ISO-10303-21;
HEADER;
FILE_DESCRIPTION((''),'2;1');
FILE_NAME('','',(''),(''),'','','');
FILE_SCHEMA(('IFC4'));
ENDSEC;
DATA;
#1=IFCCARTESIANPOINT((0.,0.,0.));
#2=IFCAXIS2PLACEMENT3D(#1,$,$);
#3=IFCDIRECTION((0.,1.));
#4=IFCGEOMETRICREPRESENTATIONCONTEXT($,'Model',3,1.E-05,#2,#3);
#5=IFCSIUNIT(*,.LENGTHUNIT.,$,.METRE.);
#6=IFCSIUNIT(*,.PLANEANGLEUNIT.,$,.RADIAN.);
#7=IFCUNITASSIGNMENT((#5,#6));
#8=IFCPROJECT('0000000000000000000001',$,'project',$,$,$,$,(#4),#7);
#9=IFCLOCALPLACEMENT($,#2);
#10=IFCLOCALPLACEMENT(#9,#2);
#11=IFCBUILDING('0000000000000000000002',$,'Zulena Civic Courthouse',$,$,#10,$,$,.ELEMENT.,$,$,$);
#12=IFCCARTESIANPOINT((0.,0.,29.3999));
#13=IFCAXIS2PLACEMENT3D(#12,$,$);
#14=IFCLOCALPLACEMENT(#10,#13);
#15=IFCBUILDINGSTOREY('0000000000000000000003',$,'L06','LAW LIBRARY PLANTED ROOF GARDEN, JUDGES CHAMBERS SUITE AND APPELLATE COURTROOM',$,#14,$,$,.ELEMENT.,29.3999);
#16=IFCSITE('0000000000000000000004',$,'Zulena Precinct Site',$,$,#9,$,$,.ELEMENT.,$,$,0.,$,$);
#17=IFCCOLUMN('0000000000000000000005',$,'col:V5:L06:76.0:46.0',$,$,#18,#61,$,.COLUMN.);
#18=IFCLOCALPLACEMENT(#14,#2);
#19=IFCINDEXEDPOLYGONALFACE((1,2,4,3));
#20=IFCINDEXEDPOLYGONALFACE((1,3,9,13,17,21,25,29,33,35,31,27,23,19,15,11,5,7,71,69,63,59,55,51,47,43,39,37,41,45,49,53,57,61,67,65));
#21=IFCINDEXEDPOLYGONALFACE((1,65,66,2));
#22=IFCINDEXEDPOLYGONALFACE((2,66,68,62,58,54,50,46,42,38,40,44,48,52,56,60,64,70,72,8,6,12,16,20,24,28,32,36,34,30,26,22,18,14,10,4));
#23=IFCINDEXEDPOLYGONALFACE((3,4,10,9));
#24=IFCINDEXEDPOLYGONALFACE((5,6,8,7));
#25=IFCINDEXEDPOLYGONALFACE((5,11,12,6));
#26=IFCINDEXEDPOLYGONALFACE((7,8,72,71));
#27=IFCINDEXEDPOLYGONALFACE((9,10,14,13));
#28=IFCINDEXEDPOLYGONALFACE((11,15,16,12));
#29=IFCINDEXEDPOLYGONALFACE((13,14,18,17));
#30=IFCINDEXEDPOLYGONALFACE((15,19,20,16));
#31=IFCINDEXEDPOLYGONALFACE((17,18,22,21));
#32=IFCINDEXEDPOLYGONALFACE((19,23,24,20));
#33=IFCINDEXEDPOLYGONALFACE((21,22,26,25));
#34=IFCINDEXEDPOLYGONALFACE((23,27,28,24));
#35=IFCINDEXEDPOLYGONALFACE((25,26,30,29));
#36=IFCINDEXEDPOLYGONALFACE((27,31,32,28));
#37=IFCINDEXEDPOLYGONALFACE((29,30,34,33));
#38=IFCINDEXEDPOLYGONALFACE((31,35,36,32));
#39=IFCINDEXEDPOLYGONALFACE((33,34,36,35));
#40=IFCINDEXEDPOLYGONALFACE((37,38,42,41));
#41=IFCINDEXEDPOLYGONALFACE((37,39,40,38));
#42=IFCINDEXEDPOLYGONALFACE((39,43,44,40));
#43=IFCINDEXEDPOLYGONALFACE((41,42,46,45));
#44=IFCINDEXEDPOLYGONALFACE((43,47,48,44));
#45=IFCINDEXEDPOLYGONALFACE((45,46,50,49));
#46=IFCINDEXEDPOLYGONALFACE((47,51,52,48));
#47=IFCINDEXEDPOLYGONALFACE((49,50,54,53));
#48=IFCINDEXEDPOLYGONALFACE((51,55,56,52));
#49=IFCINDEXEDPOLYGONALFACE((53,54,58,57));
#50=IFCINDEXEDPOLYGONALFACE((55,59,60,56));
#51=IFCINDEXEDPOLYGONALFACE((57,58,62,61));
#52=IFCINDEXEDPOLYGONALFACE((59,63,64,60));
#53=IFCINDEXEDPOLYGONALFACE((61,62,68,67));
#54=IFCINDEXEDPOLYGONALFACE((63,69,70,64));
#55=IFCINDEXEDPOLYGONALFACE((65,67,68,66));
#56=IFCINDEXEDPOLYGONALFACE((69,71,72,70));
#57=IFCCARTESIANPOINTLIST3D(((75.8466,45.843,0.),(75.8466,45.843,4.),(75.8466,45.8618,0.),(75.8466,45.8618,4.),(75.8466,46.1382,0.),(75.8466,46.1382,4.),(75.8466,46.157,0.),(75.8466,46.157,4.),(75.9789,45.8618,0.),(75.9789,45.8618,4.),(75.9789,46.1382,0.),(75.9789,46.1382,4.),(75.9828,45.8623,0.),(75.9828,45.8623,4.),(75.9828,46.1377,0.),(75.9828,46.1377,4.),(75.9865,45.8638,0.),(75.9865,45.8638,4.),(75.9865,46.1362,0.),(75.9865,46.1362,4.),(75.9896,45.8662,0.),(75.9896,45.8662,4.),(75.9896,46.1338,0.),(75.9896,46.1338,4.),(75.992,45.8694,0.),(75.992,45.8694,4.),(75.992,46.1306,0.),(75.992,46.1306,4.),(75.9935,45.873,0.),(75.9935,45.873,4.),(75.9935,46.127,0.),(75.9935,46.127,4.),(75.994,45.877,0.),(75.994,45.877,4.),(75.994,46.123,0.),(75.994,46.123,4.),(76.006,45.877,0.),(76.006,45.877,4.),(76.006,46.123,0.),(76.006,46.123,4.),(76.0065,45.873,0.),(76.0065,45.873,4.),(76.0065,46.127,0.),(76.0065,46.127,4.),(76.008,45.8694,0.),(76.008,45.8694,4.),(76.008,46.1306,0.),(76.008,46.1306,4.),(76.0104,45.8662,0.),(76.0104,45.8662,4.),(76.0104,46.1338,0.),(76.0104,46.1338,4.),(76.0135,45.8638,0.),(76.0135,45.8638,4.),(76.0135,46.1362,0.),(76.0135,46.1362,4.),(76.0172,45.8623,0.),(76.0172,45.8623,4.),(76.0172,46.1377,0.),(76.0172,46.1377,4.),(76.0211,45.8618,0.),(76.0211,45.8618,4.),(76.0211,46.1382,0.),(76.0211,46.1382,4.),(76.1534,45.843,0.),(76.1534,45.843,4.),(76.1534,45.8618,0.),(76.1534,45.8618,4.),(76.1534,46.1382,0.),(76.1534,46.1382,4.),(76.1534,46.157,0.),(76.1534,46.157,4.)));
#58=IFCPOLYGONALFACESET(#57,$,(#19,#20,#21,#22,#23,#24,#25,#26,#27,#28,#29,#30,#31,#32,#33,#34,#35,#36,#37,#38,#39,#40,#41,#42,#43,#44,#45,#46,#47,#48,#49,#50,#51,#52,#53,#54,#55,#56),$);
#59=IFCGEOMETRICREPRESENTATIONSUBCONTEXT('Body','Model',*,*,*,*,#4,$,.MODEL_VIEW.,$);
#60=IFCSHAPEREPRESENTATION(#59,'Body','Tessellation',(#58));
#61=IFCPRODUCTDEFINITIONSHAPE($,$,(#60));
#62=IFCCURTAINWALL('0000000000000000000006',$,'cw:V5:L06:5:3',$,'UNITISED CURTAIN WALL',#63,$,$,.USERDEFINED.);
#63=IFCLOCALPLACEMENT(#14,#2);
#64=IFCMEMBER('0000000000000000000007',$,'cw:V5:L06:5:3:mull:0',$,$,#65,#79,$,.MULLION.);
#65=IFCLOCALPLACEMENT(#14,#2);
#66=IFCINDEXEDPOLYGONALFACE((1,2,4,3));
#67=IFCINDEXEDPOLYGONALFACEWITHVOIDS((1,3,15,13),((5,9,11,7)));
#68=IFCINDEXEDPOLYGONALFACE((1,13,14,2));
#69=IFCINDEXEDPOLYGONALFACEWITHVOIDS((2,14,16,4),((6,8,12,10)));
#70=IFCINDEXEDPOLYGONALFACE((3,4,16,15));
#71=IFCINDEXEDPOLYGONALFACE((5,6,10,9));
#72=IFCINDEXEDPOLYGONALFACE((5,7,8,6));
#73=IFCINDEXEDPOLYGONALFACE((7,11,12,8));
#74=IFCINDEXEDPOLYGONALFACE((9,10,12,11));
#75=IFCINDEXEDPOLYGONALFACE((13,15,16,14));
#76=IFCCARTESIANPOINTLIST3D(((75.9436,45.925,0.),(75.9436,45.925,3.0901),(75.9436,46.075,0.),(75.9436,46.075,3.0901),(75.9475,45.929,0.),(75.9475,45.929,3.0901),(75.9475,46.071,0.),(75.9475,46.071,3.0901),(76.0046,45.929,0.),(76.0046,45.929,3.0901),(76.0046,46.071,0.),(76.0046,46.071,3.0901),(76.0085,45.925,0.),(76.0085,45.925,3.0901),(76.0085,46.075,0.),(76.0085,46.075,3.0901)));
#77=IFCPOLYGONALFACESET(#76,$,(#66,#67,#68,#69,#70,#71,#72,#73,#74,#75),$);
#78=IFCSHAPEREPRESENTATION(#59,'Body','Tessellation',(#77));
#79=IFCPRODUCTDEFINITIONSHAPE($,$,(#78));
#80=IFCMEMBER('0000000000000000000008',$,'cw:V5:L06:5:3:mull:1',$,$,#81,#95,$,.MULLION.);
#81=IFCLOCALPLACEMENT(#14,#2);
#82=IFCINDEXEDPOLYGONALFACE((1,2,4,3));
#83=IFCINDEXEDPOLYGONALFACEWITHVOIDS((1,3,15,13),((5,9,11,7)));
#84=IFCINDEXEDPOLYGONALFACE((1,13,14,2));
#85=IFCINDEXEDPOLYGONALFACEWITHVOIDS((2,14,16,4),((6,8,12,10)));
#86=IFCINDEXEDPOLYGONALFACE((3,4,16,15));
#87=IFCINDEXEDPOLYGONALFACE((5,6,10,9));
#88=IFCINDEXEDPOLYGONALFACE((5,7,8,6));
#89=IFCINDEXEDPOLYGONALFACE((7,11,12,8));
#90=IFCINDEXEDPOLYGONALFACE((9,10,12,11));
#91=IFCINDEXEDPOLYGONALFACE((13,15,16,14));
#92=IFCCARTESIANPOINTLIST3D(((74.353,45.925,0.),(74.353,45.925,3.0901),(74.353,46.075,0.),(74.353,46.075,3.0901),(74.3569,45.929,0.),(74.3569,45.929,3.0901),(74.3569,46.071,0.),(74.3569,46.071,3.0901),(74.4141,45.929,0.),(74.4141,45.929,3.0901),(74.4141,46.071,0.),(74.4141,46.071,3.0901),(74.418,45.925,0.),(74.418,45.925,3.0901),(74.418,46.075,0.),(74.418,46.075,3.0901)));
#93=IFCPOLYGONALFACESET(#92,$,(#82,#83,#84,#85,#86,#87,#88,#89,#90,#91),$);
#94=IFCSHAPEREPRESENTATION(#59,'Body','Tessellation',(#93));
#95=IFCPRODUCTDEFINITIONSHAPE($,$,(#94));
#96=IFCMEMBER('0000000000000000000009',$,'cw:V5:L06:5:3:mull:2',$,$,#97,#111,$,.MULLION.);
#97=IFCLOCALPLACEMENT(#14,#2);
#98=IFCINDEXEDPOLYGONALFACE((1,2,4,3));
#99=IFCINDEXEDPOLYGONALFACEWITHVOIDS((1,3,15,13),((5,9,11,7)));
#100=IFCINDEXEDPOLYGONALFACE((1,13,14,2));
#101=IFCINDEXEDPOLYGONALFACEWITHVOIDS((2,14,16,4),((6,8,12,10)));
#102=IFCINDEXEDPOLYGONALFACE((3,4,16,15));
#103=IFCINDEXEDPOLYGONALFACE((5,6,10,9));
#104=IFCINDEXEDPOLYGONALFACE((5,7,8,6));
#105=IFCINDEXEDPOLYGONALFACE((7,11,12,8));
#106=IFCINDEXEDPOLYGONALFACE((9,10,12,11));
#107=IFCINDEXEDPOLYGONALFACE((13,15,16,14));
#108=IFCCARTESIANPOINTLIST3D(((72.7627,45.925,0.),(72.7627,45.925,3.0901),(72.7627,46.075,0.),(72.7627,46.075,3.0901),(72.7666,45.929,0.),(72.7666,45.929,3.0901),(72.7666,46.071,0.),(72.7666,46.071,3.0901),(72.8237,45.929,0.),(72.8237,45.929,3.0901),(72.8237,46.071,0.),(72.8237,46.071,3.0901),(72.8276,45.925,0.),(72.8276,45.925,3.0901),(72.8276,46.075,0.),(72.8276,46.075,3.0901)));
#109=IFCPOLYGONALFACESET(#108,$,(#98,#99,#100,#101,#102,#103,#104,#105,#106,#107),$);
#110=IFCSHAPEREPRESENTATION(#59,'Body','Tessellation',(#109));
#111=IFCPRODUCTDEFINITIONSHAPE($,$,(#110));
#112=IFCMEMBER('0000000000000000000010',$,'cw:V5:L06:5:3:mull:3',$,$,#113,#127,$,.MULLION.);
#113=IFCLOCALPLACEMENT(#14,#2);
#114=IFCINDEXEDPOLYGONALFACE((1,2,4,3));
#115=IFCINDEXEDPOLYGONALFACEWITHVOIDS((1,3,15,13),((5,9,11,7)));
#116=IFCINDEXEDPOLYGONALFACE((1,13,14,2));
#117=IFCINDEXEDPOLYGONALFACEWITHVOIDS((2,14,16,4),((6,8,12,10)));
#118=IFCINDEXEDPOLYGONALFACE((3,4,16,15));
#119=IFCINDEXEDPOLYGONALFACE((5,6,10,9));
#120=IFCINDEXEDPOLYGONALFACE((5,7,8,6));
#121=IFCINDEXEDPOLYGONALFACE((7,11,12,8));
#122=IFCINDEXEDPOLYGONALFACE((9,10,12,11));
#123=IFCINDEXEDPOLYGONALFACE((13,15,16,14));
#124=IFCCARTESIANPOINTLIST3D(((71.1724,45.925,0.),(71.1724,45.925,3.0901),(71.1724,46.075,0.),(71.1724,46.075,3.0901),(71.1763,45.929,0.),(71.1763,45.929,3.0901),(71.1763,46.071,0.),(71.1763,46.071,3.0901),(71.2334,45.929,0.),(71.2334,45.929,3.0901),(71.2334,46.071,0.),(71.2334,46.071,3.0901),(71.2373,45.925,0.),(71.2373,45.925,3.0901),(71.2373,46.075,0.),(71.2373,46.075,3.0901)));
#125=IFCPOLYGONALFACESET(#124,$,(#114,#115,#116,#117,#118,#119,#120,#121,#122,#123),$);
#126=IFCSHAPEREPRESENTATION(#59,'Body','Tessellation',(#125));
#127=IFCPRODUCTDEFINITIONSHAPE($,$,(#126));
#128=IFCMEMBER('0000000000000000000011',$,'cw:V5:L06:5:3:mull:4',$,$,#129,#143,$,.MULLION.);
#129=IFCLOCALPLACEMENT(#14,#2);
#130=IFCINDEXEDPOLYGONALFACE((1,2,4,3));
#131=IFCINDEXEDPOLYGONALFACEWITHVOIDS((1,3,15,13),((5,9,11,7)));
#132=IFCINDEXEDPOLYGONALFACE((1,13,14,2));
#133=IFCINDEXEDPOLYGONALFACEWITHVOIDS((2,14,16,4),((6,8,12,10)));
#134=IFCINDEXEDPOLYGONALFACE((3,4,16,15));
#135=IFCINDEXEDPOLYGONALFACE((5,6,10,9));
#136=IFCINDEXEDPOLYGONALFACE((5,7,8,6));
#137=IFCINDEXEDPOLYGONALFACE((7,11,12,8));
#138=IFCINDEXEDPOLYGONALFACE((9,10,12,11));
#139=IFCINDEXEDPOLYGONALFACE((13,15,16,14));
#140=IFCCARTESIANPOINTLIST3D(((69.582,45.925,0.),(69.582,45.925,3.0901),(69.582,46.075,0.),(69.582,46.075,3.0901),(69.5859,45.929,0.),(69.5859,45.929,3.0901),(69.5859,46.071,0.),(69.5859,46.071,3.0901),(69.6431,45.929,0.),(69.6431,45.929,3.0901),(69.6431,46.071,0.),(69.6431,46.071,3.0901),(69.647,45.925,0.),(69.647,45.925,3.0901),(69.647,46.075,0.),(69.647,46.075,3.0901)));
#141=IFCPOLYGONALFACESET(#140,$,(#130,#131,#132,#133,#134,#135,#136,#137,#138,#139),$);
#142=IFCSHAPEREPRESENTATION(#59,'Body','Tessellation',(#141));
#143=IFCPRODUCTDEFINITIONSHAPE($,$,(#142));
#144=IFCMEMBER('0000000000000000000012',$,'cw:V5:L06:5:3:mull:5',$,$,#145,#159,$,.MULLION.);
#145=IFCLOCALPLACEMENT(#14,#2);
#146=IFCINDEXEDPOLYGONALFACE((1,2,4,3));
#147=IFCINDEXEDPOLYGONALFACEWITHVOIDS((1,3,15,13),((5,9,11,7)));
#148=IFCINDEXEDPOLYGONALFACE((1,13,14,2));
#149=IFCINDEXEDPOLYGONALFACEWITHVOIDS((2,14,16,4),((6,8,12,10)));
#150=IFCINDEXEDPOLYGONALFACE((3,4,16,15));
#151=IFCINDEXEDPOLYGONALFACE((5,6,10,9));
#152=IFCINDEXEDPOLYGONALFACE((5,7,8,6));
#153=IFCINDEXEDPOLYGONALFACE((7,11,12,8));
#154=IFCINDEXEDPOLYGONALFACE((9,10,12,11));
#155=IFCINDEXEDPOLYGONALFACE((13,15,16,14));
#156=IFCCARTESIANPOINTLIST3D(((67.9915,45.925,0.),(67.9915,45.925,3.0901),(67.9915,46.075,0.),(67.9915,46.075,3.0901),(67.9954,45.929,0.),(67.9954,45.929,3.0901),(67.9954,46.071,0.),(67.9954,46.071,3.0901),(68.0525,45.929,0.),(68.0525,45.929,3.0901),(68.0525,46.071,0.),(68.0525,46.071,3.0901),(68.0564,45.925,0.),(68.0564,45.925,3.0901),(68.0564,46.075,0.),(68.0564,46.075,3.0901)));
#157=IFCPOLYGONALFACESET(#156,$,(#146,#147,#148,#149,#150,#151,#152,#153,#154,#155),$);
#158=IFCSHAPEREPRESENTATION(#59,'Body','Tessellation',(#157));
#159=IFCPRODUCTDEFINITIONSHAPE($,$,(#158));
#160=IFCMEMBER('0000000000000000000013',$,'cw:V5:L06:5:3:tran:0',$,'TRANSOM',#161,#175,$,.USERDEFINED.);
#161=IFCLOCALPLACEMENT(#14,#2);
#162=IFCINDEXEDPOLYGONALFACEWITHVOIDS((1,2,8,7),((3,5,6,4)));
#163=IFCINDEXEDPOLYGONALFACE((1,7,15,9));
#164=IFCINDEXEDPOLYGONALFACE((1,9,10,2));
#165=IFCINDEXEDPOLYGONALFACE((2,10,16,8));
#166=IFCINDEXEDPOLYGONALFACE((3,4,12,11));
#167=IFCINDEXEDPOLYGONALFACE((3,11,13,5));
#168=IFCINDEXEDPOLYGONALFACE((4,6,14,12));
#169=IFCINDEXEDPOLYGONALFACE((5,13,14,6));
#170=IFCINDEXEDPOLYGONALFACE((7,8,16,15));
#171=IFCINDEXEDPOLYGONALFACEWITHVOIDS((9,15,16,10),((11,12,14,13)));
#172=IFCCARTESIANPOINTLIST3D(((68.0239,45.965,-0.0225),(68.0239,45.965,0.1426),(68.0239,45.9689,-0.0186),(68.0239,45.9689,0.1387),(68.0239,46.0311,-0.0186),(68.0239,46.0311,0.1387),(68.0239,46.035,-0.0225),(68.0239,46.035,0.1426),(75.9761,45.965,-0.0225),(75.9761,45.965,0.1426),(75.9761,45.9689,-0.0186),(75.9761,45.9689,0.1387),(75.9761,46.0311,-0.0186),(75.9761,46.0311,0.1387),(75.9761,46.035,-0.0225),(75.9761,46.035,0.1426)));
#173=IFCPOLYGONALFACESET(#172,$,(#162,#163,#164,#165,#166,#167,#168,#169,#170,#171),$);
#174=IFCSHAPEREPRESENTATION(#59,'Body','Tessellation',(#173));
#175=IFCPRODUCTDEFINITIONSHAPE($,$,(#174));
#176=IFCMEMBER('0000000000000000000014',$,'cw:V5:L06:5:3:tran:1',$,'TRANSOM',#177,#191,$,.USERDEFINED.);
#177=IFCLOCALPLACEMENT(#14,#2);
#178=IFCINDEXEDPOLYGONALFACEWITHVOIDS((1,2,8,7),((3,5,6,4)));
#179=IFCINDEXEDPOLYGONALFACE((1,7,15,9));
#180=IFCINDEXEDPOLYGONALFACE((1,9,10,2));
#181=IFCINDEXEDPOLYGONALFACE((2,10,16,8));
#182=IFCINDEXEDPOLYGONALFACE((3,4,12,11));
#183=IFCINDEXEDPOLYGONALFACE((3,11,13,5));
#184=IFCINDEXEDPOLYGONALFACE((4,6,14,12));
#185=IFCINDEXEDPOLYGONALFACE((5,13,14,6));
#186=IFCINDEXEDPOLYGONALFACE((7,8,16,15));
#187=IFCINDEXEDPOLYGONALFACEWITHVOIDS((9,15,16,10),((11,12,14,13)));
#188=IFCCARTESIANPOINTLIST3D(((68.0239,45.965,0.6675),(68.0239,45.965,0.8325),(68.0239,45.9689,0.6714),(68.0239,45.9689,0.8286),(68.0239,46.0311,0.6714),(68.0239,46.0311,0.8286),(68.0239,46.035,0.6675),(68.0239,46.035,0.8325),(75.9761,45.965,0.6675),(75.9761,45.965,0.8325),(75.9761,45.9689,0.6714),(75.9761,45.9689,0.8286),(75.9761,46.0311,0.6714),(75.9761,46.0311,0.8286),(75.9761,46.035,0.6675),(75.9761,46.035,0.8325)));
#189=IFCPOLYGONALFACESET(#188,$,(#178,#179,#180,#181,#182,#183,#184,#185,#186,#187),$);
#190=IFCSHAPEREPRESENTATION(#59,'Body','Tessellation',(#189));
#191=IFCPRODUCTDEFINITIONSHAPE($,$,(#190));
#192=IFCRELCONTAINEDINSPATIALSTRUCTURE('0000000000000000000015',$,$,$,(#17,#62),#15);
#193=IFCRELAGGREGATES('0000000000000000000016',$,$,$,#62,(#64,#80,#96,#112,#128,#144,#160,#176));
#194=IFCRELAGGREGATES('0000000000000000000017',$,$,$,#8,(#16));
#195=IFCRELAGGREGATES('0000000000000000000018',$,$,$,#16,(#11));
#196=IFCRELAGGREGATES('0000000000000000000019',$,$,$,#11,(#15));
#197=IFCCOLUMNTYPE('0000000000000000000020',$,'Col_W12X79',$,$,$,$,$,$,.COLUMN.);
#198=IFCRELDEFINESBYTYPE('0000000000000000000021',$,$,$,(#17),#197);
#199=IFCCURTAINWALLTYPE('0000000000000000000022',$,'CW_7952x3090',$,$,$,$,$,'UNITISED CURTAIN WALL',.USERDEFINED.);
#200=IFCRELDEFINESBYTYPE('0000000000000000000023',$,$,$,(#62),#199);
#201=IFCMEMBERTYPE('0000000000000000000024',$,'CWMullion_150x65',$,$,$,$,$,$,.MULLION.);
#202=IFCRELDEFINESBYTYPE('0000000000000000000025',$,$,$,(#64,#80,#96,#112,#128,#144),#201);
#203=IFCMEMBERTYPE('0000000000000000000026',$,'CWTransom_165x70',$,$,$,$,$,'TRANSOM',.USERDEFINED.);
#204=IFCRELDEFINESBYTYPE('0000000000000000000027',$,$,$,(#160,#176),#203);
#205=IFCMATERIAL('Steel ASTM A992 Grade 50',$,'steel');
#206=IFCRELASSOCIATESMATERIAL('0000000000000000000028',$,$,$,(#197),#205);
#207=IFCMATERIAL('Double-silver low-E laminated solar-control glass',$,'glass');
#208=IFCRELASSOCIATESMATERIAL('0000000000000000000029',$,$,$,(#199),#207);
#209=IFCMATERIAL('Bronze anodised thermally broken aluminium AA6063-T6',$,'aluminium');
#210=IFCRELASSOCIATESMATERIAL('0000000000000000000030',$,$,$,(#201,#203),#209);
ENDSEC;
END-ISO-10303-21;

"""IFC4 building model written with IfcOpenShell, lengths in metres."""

from ifc_helpers import new_model, si_unit, direction, frame, origin, origin_2d, place, context, subcontext, project, spatial, hollow_rectangle, i_section, extrude, material, material_profile, profile_set, type_object, element, aggregate, save


model = new_model("IFC4")

# Units and contexts
model_context = context("Model", 3, precision=1e-05, world=origin(), true_north=direction((0.0, 1.0)))
body_context = subcontext(model_context, "Body", "Model", "MODEL_VIEW")
ifc_project = project(units=[si_unit("LENGTHUNIT", "METRE"), si_unit("PLANEANGLEUNIT", "RADIAN")], contexts=[model_context])

# Site, building, storey
site_placement = place(None, origin())
site = spatial("IfcSite", under=ifc_project, at=site_placement, Name="Zulena Precinct Site", CompositionType="ELEMENT", RefElevation=0.0)
building_placement = place(site_placement, origin())
building = spatial("IfcBuilding", under=site, at=building_placement, Name="Zulena Civic Courthouse", CompositionType="ELEMENT")
storey_placement = place(building_placement, frame((0.0, 0.0, 29.3999)))
storey = spatial("IfcBuildingStorey", under=building, at=storey_placement, Name="L06", Description="LAW LIBRARY PLANTED ROOF GARDEN, JUDGES CHAMBERS SUITE AND APPELLATE COURTROOM", CompositionType="ELEMENT", Elevation=29.3999)

# Column
ifc_material_1 = material(Name="Steel ASTM A992 Grade 50", Category="steel")
ifc_material_profile_1 = material_profile(ifc_material_1, i_section(OverallWidth=0.3069, OverallDepth=0.314, WebThickness=0.012, FlangeThickness=0.0188, FilletRadius=0.0151, at=origin_2d()), Name="W12X79")
ifc_profile_set_1 = profile_set([ifc_material_profile_1], Name="Steel ASTM A992 Grade 50")
column_type = type_object("IfcColumnType", Name="Col_W12X79", PredefinedType="COLUMN", material=ifc_profile_set_1)
column_placement = place(storey_placement, frame((76.0, 46.0, 0.0), z_axis=(0.0, 0.0, 1.0), x_axis=(1.0, 0.0, 0.0)))
element("IfcColumn", 1, at=column_placement, inside=storey, type_object=column_type, Name="col:V5:L06:76.0:46.0", PredefinedType="COLUMN", context=body_context, shape_type="SweptSolid", body=[
    extrude(i_section(OverallWidth=0.3069, OverallDepth=0.314, WebThickness=0.012, FlangeThickness=0.0188, FilletRadius=0.0151, at=origin_2d()), origin(), (0.0, 0.0, 1.0), 4.0),
])

# Curtain wall, members
ifc_material_2 = material(Name="Double-silver low-E laminated solar-control glass", Category="glass")
curtain_wall_type = type_object("IfcCurtainWallType", Name="CW_7952x3090", ElementType="UNITISED CURTAIN WALL", PredefinedType="USERDEFINED", material=ifc_material_2)
curtain_wall_placement = place(storey_placement, origin())
curtain_wall = element("IfcCurtainWall", 2, at=curtain_wall_placement, inside=storey, type_object=curtain_wall_type, Name="cw:V5:L06:5:3", ObjectType="UNITISED CURTAIN WALL", PredefinedType="USERDEFINED")
ifc_material_3 = material(Name="Bronze anodised thermally broken aluminium AA6063-T6", Category="aluminium")
ifc_material_profile_2 = material_profile(ifc_material_3, hollow_rectangle(XDim=0.0649, YDim=0.1499, WallThickness=0.0039, at=origin_2d()), Name="CWM150X65X4")
ifc_profile_set_2 = profile_set([ifc_material_profile_2], Name="Bronze anodised thermally broken aluminium AA6063-T6")
member_type_1 = type_object("IfcMemberType", Name="CWMullion_150x65", PredefinedType="MULLION", material=ifc_profile_set_2)
member_1_placement = place(storey_placement, frame((75.9761, 46.0, 0.0), z_axis=(0.0, 0.0, 1.0), x_axis=(1.0, 0.0, 0.0)))
member_1 = element("IfcMember", 3, at=member_1_placement, type_object=member_type_1, Name="cw:V5:L06:5:3:mull:0", PredefinedType="MULLION", context=body_context, shape_type="SweptSolid", body=[
    extrude(hollow_rectangle(XDim=0.0649, YDim=0.1499, WallThickness=0.0039, at=origin_2d()), origin(), (0.0, 0.0, 1.0), 3.0901),
])
member_2_placement = place(storey_placement, frame((74.3855, 46.0, 0.0), z_axis=(0.0, 0.0, 1.0), x_axis=(1.0, 0.0, 0.0)))
member_2 = element("IfcMember", 4, at=member_2_placement, type_object=member_type_1, Name="cw:V5:L06:5:3:mull:1", PredefinedType="MULLION", context=body_context, shape_type="SweptSolid", body=[
    extrude(hollow_rectangle(XDim=0.0649, YDim=0.1499, WallThickness=0.0039, at=origin_2d()), origin(), (0.0, 0.0, 1.0), 3.0901),
])
member_3_placement = place(storey_placement, frame((72.7952, 46.0, 0.0), z_axis=(0.0, 0.0, 1.0), x_axis=(1.0, 0.0, 0.0)))
member_3 = element("IfcMember", 5, at=member_3_placement, type_object=member_type_1, Name="cw:V5:L06:5:3:mull:2", PredefinedType="MULLION", context=body_context, shape_type="SweptSolid", body=[
    extrude(hollow_rectangle(XDim=0.0649, YDim=0.1499, WallThickness=0.0039, at=origin_2d()), origin(), (0.0, 0.0, 1.0), 3.0901),
])
member_4_placement = place(storey_placement, frame((71.2048, 46.0, 0.0), z_axis=(0.0, 0.0, 1.0), x_axis=(1.0, 0.0, 0.0)))
member_4 = element("IfcMember", 6, at=member_4_placement, type_object=member_type_1, Name="cw:V5:L06:5:3:mull:3", PredefinedType="MULLION", context=body_context, shape_type="SweptSolid", body=[
    extrude(hollow_rectangle(XDim=0.0649, YDim=0.1499, WallThickness=0.0039, at=origin_2d()), origin(), (0.0, 0.0, 1.0), 3.0901),
])
member_5_placement = place(storey_placement, frame((69.6145, 46.0, 0.0), z_axis=(0.0, 0.0, 1.0), x_axis=(1.0, 0.0, 0.0)))
member_5 = element("IfcMember", 7, at=member_5_placement, type_object=member_type_1, Name="cw:V5:L06:5:3:mull:4", PredefinedType="MULLION", context=body_context, shape_type="SweptSolid", body=[
    extrude(hollow_rectangle(XDim=0.0649, YDim=0.1499, WallThickness=0.0039, at=origin_2d()), origin(), (0.0, 0.0, 1.0), 3.0901),
])
member_6_placement = place(storey_placement, frame((68.0239, 46.0, 0.0), z_axis=(0.0, 0.0, 1.0), x_axis=(1.0, 0.0, 0.0)))
member_6 = element("IfcMember", 8, at=member_6_placement, type_object=member_type_1, Name="cw:V5:L06:5:3:mull:5", PredefinedType="MULLION", context=body_context, shape_type="SweptSolid", body=[
    extrude(hollow_rectangle(XDim=0.0649, YDim=0.1499, WallThickness=0.0039, at=origin_2d()), origin(), (0.0, 0.0, 1.0), 3.0901),
])
ifc_material_profile_3 = material_profile(ifc_material_3, hollow_rectangle(XDim=0.0701, YDim=0.165, WallThickness=0.0039, at=origin_2d()), Name="CWT165X70X4")
ifc_profile_set_3 = profile_set([ifc_material_profile_3], Name="Bronze anodised thermally broken aluminium AA6063-T6")
member_type_2 = type_object("IfcMemberType", Name="CWTransom_165x70", ElementType="TRANSOM", PredefinedType="USERDEFINED", material=ifc_profile_set_3)
member_7_placement = place(storey_placement, frame((75.9761, 46.0, 0.0601), z_axis=(-1.0, 0.0, 0.0), x_axis=(0.0, -1.0, 0.0)))
member_7 = element("IfcMember", 9, at=member_7_placement, type_object=member_type_2, Name="cw:V5:L06:5:3:tran:0", ObjectType="TRANSOM", PredefinedType="USERDEFINED", context=body_context, shape_type="SweptSolid", body=[
    extrude(hollow_rectangle(XDim=0.0701, YDim=0.165, WallThickness=0.0039, at=origin_2d()), origin(), (0.0, 0.0, 1.0), 7.9521),
])
member_8_placement = place(storey_placement, frame((75.9761, 46.0, 0.75), z_axis=(-1.0, 0.0, 0.0), x_axis=(0.0, -1.0, 0.0)))
member_8 = element("IfcMember", 10, at=member_8_placement, type_object=member_type_2, Name="cw:V5:L06:5:3:tran:1", ObjectType="TRANSOM", PredefinedType="USERDEFINED", context=body_context, shape_type="SweptSolid", body=[
    extrude(hollow_rectangle(XDim=0.0701, YDim=0.165, WallThickness=0.0039, at=origin_2d()), origin(), (0.0, 0.0, 1.0), 7.9521),
])

aggregate(curtain_wall, [member_1, member_2, member_3, member_4, member_5, member_6, member_7, member_8])

save(model, "model.ifc")
